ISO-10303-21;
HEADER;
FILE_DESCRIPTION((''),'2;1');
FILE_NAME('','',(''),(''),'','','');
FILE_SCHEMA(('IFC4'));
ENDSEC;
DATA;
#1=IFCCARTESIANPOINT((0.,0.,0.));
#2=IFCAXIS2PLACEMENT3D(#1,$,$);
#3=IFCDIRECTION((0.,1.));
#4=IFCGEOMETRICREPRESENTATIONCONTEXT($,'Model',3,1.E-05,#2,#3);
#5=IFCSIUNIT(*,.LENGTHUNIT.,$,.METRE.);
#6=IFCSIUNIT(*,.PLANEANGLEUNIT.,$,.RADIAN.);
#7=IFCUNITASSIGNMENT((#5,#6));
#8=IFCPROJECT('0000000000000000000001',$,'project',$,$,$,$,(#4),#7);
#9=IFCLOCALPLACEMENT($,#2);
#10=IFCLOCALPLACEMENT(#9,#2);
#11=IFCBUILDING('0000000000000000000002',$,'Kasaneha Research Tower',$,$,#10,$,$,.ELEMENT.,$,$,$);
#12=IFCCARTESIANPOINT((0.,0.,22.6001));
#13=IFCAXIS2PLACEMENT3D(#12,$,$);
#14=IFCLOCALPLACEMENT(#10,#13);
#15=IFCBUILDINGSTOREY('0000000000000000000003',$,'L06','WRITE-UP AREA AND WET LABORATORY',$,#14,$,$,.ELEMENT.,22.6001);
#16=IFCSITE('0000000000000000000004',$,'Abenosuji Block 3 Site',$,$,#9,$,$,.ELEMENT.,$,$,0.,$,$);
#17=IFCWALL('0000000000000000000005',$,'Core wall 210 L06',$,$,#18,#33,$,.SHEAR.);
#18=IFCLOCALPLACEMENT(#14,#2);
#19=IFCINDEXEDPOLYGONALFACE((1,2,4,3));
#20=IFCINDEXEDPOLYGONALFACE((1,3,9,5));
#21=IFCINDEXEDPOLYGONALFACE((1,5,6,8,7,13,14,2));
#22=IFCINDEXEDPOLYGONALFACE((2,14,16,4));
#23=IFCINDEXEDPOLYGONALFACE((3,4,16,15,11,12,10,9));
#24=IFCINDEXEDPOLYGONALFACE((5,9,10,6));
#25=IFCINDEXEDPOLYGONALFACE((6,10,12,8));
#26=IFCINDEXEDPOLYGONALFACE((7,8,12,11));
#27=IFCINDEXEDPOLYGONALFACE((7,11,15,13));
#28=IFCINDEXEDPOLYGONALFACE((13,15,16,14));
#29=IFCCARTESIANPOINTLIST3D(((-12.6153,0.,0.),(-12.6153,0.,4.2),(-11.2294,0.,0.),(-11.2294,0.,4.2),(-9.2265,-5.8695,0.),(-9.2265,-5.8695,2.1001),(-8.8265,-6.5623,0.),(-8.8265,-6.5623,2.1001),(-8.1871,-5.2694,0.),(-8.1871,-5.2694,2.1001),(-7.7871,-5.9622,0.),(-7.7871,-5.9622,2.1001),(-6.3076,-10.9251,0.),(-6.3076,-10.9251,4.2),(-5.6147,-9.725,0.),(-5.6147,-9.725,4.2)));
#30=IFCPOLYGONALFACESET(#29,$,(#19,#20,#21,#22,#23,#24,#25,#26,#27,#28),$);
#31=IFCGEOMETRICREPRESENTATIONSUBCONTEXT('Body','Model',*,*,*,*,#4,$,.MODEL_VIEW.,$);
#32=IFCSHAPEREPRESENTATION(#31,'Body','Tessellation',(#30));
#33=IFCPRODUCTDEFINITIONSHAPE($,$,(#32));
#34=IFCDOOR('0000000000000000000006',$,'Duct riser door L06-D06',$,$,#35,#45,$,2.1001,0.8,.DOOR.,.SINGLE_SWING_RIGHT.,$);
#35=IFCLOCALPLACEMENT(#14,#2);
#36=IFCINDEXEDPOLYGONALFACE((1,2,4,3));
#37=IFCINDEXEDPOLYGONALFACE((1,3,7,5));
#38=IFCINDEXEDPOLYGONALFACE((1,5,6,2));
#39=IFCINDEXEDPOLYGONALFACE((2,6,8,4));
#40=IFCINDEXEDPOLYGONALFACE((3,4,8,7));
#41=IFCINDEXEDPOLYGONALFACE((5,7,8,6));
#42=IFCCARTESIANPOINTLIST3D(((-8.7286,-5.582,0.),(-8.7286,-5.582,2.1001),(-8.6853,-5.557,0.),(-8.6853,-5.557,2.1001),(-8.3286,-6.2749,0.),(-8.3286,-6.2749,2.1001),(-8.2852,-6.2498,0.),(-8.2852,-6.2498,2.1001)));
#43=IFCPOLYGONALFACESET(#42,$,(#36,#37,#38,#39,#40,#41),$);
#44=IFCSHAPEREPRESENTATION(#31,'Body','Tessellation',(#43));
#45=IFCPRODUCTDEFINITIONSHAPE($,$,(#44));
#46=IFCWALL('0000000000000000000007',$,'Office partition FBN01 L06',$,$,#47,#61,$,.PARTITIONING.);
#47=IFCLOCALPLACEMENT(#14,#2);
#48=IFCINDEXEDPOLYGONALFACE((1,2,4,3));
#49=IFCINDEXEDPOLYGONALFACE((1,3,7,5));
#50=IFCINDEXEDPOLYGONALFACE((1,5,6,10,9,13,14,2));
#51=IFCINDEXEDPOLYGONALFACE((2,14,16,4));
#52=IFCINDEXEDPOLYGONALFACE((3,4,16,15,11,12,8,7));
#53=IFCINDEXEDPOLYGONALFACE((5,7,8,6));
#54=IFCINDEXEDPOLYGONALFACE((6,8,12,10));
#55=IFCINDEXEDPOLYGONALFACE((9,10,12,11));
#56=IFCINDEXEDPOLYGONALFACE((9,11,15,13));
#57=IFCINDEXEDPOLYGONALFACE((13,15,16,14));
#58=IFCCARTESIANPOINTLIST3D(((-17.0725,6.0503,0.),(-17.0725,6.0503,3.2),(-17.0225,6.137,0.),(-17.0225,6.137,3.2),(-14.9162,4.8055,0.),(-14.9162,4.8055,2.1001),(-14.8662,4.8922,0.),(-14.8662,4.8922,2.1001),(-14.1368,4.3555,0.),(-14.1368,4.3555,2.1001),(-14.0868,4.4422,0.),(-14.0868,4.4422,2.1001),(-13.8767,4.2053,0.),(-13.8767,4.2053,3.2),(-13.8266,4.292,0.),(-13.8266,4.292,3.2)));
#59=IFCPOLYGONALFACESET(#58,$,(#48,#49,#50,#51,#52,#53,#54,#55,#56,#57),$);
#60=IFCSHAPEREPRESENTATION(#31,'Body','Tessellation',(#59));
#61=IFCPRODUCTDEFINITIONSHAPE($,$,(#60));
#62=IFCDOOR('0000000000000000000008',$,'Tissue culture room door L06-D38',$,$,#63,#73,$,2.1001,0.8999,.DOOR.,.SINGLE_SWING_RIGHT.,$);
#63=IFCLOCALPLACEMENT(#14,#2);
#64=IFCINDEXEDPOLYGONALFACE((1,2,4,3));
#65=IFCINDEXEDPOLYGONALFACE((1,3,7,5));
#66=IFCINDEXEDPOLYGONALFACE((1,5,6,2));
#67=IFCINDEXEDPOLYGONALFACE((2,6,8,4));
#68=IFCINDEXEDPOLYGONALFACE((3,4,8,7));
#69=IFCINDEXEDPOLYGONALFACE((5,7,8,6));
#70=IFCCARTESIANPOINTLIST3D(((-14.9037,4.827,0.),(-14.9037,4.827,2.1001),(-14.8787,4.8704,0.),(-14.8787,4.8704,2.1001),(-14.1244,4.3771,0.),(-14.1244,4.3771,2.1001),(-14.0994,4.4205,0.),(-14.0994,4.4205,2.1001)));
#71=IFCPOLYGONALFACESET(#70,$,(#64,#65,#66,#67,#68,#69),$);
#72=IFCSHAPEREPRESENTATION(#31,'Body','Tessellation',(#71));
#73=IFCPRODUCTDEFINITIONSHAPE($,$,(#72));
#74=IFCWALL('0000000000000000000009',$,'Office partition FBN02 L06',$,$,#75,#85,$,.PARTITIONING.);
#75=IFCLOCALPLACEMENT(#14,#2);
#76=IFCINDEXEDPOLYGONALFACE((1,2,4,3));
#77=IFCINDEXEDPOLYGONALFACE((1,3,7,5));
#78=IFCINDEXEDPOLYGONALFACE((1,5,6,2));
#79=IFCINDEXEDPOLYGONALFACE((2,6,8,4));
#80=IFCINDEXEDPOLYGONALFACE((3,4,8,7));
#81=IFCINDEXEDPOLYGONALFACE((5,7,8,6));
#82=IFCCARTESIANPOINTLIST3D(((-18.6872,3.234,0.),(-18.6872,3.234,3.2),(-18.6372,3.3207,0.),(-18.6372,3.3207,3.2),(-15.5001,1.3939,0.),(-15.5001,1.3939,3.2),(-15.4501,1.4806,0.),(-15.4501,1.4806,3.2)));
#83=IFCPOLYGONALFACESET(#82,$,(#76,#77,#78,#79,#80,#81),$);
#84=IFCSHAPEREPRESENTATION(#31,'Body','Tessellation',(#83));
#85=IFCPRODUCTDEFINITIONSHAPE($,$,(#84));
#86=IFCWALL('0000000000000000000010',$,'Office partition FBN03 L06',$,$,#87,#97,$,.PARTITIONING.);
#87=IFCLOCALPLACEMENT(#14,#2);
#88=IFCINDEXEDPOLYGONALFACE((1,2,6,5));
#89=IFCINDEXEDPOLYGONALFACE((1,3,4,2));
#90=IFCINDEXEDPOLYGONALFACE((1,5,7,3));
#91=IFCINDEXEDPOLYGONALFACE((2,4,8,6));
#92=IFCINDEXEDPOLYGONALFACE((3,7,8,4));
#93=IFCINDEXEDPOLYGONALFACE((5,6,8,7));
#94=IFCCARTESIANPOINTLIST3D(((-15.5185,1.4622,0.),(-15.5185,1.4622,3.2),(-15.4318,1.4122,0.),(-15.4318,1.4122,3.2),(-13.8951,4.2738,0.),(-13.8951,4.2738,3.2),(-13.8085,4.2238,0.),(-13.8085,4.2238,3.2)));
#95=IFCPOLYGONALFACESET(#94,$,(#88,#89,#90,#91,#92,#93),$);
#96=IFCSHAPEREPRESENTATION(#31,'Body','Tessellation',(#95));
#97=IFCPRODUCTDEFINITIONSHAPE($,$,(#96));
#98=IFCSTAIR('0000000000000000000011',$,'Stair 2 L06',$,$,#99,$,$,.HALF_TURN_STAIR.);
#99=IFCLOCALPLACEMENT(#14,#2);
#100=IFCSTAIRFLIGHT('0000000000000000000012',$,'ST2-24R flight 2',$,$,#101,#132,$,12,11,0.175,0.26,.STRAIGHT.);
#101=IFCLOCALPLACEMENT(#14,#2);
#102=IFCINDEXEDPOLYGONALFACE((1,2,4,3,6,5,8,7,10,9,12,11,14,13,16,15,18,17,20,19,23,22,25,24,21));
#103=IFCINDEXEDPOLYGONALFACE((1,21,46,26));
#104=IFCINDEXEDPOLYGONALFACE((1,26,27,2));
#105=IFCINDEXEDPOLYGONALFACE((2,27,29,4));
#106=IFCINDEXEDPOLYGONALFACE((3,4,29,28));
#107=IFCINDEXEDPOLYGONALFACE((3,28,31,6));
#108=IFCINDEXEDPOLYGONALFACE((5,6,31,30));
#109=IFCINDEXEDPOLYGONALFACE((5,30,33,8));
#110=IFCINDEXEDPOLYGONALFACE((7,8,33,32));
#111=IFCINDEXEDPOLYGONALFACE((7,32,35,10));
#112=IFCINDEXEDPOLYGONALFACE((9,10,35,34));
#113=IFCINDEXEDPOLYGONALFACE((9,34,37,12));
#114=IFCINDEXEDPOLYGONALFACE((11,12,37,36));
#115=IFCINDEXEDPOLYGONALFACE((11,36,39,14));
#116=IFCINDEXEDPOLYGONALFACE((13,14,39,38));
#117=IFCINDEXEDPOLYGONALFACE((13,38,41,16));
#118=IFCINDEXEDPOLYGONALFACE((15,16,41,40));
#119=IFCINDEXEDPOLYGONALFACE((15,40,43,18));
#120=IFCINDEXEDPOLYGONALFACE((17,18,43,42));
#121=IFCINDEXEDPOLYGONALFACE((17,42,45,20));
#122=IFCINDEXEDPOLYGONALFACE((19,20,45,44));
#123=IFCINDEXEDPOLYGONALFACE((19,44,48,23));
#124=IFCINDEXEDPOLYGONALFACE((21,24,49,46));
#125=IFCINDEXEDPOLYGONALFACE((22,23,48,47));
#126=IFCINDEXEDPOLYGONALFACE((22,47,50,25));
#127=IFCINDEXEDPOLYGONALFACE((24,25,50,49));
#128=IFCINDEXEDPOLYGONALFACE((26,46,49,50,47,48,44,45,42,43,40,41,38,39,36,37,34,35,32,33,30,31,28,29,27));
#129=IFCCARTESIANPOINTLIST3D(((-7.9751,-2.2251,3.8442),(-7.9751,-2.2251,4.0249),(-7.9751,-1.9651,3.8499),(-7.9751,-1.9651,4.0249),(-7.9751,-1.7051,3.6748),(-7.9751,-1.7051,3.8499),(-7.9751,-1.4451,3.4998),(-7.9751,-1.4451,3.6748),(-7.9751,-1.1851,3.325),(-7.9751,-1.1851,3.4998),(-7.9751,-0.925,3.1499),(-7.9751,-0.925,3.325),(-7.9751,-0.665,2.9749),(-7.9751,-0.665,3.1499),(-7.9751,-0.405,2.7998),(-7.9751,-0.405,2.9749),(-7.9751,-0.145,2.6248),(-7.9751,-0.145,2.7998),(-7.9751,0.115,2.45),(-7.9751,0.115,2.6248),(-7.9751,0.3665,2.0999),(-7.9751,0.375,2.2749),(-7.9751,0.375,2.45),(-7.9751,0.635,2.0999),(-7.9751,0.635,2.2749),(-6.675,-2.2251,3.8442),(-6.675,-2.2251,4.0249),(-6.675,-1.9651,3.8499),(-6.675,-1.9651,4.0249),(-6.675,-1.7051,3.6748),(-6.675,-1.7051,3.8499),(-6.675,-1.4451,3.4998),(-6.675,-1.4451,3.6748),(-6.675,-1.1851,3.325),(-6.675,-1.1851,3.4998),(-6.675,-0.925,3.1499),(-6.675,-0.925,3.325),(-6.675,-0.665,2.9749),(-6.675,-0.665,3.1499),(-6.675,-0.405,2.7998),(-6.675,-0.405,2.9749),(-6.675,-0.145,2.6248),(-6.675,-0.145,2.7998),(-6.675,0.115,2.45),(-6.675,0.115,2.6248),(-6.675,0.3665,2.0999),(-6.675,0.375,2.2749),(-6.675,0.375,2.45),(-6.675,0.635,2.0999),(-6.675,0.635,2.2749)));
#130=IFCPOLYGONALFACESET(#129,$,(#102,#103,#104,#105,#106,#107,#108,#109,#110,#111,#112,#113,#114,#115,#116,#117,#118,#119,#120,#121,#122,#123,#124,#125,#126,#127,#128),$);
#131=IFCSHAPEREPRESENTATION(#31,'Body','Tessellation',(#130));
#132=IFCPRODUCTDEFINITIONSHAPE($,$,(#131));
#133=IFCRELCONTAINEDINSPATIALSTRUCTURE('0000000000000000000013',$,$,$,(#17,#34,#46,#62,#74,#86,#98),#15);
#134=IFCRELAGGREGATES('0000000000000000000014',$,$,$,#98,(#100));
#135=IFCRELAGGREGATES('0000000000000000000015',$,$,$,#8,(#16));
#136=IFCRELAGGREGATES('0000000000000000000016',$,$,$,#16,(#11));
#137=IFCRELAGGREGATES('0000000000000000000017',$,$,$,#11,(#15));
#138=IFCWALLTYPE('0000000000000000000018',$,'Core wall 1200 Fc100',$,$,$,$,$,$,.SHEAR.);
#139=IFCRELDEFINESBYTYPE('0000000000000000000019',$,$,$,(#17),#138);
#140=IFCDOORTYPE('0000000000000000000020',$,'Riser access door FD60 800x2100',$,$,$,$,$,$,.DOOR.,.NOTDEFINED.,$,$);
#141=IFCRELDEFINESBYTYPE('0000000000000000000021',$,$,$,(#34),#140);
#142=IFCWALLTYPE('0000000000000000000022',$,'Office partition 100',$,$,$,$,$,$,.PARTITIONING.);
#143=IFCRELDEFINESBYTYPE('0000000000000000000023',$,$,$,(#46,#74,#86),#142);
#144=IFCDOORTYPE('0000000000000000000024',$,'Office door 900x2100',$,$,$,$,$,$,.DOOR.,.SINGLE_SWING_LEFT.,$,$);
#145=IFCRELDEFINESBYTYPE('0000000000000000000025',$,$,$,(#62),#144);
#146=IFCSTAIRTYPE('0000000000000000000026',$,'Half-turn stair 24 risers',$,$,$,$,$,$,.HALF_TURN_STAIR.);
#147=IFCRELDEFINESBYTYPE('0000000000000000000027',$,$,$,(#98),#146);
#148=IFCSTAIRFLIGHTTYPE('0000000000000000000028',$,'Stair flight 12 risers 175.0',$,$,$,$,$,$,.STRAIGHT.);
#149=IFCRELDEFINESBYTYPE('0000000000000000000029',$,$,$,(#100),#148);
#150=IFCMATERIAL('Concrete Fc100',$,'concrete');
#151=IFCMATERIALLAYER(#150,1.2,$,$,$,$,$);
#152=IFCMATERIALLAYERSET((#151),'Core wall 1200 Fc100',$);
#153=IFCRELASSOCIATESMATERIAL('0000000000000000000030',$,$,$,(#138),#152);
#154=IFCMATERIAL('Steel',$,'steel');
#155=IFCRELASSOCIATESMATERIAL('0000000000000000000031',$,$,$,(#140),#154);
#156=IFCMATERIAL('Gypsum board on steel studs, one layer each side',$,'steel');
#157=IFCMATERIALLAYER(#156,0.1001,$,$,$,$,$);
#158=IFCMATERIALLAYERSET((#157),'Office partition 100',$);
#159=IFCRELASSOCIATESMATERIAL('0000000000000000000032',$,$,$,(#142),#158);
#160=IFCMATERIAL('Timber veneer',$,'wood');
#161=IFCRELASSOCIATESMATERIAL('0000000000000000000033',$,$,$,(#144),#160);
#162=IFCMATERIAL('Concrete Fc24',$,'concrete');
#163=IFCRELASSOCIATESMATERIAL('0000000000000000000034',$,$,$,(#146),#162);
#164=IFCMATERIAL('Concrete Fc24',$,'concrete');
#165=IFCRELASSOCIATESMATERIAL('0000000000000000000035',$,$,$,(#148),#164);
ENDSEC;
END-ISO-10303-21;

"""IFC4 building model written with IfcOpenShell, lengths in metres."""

from ifc_helpers import new_model, si_unit, direction, frame, frame_2d, origin, place, context, subcontext, project, spatial, polyline, rectangle, outline, extrude, material, layer, layer_set, type_object, element, fill, aggregate, save


model = new_model("IFC4")

# Units and contexts
model_context = context("Model", 3, precision=1e-05, world=origin(), true_north=direction((0.0, 1.0)))
body_context = subcontext(model_context, "Body", "Model", "MODEL_VIEW")
ifc_project = project(units=[si_unit("LENGTHUNIT", "METRE"), si_unit("PLANEANGLEUNIT", "RADIAN")], contexts=[model_context])

# Site, building, storey
site_placement = place(None, origin())
site = spatial("IfcSite", under=ifc_project, at=site_placement, Name="Abenosuji Block 3 Site", CompositionType="ELEMENT", RefElevation=0.0)
building_placement = place(site_placement, origin())
building = spatial("IfcBuilding", under=site, at=building_placement, Name="Kasaneha Research Tower", CompositionType="ELEMENT")
storey_placement = place(building_placement, frame((0.0, 0.0, 22.6001)))
storey = spatial("IfcBuildingStorey", under=building, at=storey_placement, Name="L06", Description="WRITE-UP AREA AND WET LABORATORY", CompositionType="ELEMENT", Elevation=22.6001)

# Walls, openings, doors
ifc_material_1 = material(Name="Concrete Fc100", Category="concrete")
ifc_layer_1 = layer(ifc_material_1, 1.2)
ifc_layer_set_1 = layer_set([ifc_layer_1], Name="Core wall 1200 Fc100")
wall_type_1 = type_object("IfcWallType", Name="Core wall 1200 Fc100", PredefinedType="SHEAR", material=ifc_layer_set_1)
wall_1_placement = place(storey_placement, frame((-11.9224, 0.0, 0.0), z_axis=(0.0, 0.0, 1.0), x_axis=(0.500004, -0.866023, 0.0)))
wall_1 = element("IfcWall", 1, at=wall_1_placement, inside=storey, type_object=wall_type_1, Name="Core wall 210 L06", PredefinedType="SHEAR", context=body_context, shape_type="SweptSolid", body=[
    extrude(outline(polyline([(-0.3464, -0.6001), (6.4312, -0.6001), (7.2312, -0.6001), (12.2688, -0.6001), (11.5759, 0.6001), (7.2312, 0.6001), (6.4312, 0.6001), (0.3464, 0.6001), (-0.3464, -0.6001)])), origin(), (0.0, 0.0, 1.0), 4.2),
])
opening_1_placement = place(wall_1_placement, frame((6.4312, 0.0, 0.0)))
opening_1 = element("IfcOpeningElement", 2, at=opening_1_placement, cuts=wall_1, PredefinedType="OPENING", context=body_context, shape_type="SweptSolid", body=[
    extrude(rectangle(XDim=0.8, YDim=2.1001, at=frame_2d((0.3999, 1.05))), frame((0.0, 0.6099, 0.0), z_axis=(0.0, -1.0, 0.0), x_axis=(1.0, 0.0, 0.0)), (0.0, 0.0, 1.0), 1.22),
])
ifc_material_2 = material(Name="Steel", Category="steel")
door_type_1 = type_object("IfcDoorType", Name="Riser access door FD60 800x2100", OperationType="NOTDEFINED", PredefinedType="DOOR", material=ifc_material_2)
door_1_placement = place(opening_1_placement, origin())
door_1 = element("IfcDoor", 3, at=door_1_placement, inside=storey, type_object=door_type_1, Name="Duct riser door L06-D06", OperationType="SINGLE_SWING_RIGHT", OverallHeight=2.1001, OverallWidth=0.8, PredefinedType="DOOR", context=body_context, shape_type="SweptSolid", body=[
    extrude(rectangle(XDim=0.8, YDim=2.1001, at=frame_2d((0.3999, 1.05))), frame((0.0, 0.0249, 0.0), z_axis=(0.0, -1.0, 0.0), x_axis=(1.0, 0.0, 0.0)), (0.0, 0.0, 1.0), 0.05),
])
fill(opening_1, door_1)
ifc_material_3 = material(Name="Gypsum board on steel studs, one layer each side", Category="steel")
ifc_layer_2 = layer(ifc_material_3, 0.1001)
ifc_layer_set_2 = layer_set([ifc_layer_2], Name="Office partition 100")
wall_type_2 = type_object("IfcWallType", Name="Office partition 100", PredefinedType="PARTITIONING", material=ifc_layer_set_2)
wall_2_placement = place(storey_placement, frame((-17.0476, 6.0938, 0.0), z_axis=(0.0, 0.0, 1.0), x_axis=(0.86604, -0.499974, 0.0)))
wall_2 = element("IfcWall", 4, at=wall_2_placement, inside=storey, type_object=wall_type_2, Name="Office partition FBN01 L06", PredefinedType="PARTITIONING", context=body_context, shape_type="SweptSolid", body=[
    extrude(rectangle(XDim=3.6902, YDim=0.1001, at=frame_2d((1.8452, 0.0))), origin(), (0.0, 0.0, 1.0), 3.2),
])
opening_2_placement = place(wall_2_placement, frame((2.49, 0.0, 0.0)))
opening_2 = element("IfcOpeningElement", 5, at=opening_2_placement, cuts=wall_2, PredefinedType="OPENING", context=body_context, shape_type="SweptSolid", body=[
    extrude(rectangle(XDim=0.8999, YDim=2.1001, at=frame_2d((0.45, 1.05))), frame((0.0, 0.0601, 0.0), z_axis=(0.0, -1.0, 0.0), x_axis=(1.0, 0.0, 0.0)), (0.0, 0.0, 1.0), 0.1201),
])
ifc_material_4 = material(Name="Timber veneer", Category="wood")
door_type_2 = type_object("IfcDoorType", Name="Office door 900x2100", OperationType="SINGLE_SWING_LEFT", PredefinedType="DOOR", material=ifc_material_4)
door_2_placement = place(opening_2_placement, origin())
door_2 = element("IfcDoor", 6, at=door_2_placement, inside=storey, type_object=door_type_2, Name="Tissue culture room door L06-D38", OperationType="SINGLE_SWING_RIGHT", OverallHeight=2.1001, OverallWidth=0.8999, PredefinedType="DOOR", context=body_context, shape_type="SweptSolid", body=[
    extrude(rectangle(XDim=0.8999, YDim=2.1001, at=frame_2d((0.45, 1.05))), frame((0.0, 0.0249, 0.0), z_axis=(0.0, -1.0, 0.0), x_axis=(1.0, 0.0, 0.0)), (0.0, 0.0, 1.0), 0.05),
])
fill(opening_2, door_2)

# Walls
wall_3_placement = place(storey_placement, frame((-15.4751, 1.4373, 0.0), z_axis=(0.0, 0.0, 1.0), x_axis=(-0.866018, 0.500013, 0.0)))
element("IfcWall", 7, at=wall_3_placement, inside=storey, type_object=wall_type_2, Name="Office partition FBN02 L06", PredefinedType="PARTITIONING", context=body_context, shape_type="SweptSolid", body=[
    extrude(rectangle(XDim=3.6802, YDim=0.1001, at=frame_2d((1.8401, 0.0))), origin(), (0.0, 0.0, 1.0), 3.2),
])
wall_4_placement = place(storey_placement, frame((-13.8518, 4.2488, 0.0), z_axis=(0.0, 0.0, 1.0), x_axis=(-0.500013, -0.866018, 0.0)))
element("IfcWall", 8, at=wall_4_placement, inside=storey, type_object=wall_type_2, Name="Office partition FBN03 L06", PredefinedType="PARTITIONING", context=body_context, shape_type="SweptSolid", body=[
    extrude(rectangle(XDim=3.2466, YDim=0.1001, at=frame_2d((1.6233, 0.0))), origin(), (0.0, 0.0, 1.0), 3.2),
])

# Stair, stair flight
ifc_material_5 = material(Name="Concrete Fc24", Category="concrete")
stair_type = type_object("IfcStairType", Name="Half-turn stair 24 risers", PredefinedType="HALF_TURN_STAIR", material=ifc_material_5)
stair_placement = place(storey_placement, origin())
stair = element("IfcStair", 9, at=stair_placement, inside=storey, type_object=stair_type, Name="Stair 2 L06", PredefinedType="HALF_TURN_STAIR")
ifc_material_6 = material(Name="Concrete Fc24", Category="concrete")
stair_flight_type = type_object("IfcStairFlightType", Name="Stair flight 12 risers 175.0", PredefinedType="STRAIGHT", material=ifc_material_6)
stair_flight_placement = place(storey_placement, frame((-7.325, 0.635, 2.0999), z_axis=(0.0, 0.0, 1.0), x_axis=(0.0, -1.0, 0.0)))
stair_flight = element("IfcStairFlight", 10, at=stair_flight_placement, type_object=stair_flight_type, Name="ST2-24R flight 2", NumberOfRisers=12, NumberOfTreads=11, PredefinedType="STRAIGHT", RiserHeight=0.175, TreadLength=0.26, context=body_context, shape_type="SweptSolid", body=[
    extrude(outline(polyline([(0.0, 0.0), (0.0, 0.175), (0.26, 0.175), (0.26, 0.3501), (0.52, 0.3501), (0.52, 0.5249), (0.78, 0.5249), (0.78, 0.7), (1.04, 0.7), (1.04, 0.875), (1.3, 0.875), (1.3, 1.05), (1.5601, 1.05), (1.5601, 1.2251), (1.8201, 1.2251), (1.8201, 1.3999), (2.0801, 1.3999), (2.0801, 1.575), (2.3401, 1.575), (2.3401, 1.75), (2.6001, 1.75), (2.6001, 1.925), (2.8601, 1.925), (2.8601, 2.1001), (2.8601, 1.7444), (0.2686, 0.0), (0.0, 0.0)])), frame((0.0, 0.6499, 0.0), z_axis=(0.0, -1.0, 0.0), x_axis=(1.0, 0.0, 0.0)), (0.0, 0.0, 1.0), 1.3),
])
aggregate(stair, [stair_flight])

save(model, "model.ifc")
